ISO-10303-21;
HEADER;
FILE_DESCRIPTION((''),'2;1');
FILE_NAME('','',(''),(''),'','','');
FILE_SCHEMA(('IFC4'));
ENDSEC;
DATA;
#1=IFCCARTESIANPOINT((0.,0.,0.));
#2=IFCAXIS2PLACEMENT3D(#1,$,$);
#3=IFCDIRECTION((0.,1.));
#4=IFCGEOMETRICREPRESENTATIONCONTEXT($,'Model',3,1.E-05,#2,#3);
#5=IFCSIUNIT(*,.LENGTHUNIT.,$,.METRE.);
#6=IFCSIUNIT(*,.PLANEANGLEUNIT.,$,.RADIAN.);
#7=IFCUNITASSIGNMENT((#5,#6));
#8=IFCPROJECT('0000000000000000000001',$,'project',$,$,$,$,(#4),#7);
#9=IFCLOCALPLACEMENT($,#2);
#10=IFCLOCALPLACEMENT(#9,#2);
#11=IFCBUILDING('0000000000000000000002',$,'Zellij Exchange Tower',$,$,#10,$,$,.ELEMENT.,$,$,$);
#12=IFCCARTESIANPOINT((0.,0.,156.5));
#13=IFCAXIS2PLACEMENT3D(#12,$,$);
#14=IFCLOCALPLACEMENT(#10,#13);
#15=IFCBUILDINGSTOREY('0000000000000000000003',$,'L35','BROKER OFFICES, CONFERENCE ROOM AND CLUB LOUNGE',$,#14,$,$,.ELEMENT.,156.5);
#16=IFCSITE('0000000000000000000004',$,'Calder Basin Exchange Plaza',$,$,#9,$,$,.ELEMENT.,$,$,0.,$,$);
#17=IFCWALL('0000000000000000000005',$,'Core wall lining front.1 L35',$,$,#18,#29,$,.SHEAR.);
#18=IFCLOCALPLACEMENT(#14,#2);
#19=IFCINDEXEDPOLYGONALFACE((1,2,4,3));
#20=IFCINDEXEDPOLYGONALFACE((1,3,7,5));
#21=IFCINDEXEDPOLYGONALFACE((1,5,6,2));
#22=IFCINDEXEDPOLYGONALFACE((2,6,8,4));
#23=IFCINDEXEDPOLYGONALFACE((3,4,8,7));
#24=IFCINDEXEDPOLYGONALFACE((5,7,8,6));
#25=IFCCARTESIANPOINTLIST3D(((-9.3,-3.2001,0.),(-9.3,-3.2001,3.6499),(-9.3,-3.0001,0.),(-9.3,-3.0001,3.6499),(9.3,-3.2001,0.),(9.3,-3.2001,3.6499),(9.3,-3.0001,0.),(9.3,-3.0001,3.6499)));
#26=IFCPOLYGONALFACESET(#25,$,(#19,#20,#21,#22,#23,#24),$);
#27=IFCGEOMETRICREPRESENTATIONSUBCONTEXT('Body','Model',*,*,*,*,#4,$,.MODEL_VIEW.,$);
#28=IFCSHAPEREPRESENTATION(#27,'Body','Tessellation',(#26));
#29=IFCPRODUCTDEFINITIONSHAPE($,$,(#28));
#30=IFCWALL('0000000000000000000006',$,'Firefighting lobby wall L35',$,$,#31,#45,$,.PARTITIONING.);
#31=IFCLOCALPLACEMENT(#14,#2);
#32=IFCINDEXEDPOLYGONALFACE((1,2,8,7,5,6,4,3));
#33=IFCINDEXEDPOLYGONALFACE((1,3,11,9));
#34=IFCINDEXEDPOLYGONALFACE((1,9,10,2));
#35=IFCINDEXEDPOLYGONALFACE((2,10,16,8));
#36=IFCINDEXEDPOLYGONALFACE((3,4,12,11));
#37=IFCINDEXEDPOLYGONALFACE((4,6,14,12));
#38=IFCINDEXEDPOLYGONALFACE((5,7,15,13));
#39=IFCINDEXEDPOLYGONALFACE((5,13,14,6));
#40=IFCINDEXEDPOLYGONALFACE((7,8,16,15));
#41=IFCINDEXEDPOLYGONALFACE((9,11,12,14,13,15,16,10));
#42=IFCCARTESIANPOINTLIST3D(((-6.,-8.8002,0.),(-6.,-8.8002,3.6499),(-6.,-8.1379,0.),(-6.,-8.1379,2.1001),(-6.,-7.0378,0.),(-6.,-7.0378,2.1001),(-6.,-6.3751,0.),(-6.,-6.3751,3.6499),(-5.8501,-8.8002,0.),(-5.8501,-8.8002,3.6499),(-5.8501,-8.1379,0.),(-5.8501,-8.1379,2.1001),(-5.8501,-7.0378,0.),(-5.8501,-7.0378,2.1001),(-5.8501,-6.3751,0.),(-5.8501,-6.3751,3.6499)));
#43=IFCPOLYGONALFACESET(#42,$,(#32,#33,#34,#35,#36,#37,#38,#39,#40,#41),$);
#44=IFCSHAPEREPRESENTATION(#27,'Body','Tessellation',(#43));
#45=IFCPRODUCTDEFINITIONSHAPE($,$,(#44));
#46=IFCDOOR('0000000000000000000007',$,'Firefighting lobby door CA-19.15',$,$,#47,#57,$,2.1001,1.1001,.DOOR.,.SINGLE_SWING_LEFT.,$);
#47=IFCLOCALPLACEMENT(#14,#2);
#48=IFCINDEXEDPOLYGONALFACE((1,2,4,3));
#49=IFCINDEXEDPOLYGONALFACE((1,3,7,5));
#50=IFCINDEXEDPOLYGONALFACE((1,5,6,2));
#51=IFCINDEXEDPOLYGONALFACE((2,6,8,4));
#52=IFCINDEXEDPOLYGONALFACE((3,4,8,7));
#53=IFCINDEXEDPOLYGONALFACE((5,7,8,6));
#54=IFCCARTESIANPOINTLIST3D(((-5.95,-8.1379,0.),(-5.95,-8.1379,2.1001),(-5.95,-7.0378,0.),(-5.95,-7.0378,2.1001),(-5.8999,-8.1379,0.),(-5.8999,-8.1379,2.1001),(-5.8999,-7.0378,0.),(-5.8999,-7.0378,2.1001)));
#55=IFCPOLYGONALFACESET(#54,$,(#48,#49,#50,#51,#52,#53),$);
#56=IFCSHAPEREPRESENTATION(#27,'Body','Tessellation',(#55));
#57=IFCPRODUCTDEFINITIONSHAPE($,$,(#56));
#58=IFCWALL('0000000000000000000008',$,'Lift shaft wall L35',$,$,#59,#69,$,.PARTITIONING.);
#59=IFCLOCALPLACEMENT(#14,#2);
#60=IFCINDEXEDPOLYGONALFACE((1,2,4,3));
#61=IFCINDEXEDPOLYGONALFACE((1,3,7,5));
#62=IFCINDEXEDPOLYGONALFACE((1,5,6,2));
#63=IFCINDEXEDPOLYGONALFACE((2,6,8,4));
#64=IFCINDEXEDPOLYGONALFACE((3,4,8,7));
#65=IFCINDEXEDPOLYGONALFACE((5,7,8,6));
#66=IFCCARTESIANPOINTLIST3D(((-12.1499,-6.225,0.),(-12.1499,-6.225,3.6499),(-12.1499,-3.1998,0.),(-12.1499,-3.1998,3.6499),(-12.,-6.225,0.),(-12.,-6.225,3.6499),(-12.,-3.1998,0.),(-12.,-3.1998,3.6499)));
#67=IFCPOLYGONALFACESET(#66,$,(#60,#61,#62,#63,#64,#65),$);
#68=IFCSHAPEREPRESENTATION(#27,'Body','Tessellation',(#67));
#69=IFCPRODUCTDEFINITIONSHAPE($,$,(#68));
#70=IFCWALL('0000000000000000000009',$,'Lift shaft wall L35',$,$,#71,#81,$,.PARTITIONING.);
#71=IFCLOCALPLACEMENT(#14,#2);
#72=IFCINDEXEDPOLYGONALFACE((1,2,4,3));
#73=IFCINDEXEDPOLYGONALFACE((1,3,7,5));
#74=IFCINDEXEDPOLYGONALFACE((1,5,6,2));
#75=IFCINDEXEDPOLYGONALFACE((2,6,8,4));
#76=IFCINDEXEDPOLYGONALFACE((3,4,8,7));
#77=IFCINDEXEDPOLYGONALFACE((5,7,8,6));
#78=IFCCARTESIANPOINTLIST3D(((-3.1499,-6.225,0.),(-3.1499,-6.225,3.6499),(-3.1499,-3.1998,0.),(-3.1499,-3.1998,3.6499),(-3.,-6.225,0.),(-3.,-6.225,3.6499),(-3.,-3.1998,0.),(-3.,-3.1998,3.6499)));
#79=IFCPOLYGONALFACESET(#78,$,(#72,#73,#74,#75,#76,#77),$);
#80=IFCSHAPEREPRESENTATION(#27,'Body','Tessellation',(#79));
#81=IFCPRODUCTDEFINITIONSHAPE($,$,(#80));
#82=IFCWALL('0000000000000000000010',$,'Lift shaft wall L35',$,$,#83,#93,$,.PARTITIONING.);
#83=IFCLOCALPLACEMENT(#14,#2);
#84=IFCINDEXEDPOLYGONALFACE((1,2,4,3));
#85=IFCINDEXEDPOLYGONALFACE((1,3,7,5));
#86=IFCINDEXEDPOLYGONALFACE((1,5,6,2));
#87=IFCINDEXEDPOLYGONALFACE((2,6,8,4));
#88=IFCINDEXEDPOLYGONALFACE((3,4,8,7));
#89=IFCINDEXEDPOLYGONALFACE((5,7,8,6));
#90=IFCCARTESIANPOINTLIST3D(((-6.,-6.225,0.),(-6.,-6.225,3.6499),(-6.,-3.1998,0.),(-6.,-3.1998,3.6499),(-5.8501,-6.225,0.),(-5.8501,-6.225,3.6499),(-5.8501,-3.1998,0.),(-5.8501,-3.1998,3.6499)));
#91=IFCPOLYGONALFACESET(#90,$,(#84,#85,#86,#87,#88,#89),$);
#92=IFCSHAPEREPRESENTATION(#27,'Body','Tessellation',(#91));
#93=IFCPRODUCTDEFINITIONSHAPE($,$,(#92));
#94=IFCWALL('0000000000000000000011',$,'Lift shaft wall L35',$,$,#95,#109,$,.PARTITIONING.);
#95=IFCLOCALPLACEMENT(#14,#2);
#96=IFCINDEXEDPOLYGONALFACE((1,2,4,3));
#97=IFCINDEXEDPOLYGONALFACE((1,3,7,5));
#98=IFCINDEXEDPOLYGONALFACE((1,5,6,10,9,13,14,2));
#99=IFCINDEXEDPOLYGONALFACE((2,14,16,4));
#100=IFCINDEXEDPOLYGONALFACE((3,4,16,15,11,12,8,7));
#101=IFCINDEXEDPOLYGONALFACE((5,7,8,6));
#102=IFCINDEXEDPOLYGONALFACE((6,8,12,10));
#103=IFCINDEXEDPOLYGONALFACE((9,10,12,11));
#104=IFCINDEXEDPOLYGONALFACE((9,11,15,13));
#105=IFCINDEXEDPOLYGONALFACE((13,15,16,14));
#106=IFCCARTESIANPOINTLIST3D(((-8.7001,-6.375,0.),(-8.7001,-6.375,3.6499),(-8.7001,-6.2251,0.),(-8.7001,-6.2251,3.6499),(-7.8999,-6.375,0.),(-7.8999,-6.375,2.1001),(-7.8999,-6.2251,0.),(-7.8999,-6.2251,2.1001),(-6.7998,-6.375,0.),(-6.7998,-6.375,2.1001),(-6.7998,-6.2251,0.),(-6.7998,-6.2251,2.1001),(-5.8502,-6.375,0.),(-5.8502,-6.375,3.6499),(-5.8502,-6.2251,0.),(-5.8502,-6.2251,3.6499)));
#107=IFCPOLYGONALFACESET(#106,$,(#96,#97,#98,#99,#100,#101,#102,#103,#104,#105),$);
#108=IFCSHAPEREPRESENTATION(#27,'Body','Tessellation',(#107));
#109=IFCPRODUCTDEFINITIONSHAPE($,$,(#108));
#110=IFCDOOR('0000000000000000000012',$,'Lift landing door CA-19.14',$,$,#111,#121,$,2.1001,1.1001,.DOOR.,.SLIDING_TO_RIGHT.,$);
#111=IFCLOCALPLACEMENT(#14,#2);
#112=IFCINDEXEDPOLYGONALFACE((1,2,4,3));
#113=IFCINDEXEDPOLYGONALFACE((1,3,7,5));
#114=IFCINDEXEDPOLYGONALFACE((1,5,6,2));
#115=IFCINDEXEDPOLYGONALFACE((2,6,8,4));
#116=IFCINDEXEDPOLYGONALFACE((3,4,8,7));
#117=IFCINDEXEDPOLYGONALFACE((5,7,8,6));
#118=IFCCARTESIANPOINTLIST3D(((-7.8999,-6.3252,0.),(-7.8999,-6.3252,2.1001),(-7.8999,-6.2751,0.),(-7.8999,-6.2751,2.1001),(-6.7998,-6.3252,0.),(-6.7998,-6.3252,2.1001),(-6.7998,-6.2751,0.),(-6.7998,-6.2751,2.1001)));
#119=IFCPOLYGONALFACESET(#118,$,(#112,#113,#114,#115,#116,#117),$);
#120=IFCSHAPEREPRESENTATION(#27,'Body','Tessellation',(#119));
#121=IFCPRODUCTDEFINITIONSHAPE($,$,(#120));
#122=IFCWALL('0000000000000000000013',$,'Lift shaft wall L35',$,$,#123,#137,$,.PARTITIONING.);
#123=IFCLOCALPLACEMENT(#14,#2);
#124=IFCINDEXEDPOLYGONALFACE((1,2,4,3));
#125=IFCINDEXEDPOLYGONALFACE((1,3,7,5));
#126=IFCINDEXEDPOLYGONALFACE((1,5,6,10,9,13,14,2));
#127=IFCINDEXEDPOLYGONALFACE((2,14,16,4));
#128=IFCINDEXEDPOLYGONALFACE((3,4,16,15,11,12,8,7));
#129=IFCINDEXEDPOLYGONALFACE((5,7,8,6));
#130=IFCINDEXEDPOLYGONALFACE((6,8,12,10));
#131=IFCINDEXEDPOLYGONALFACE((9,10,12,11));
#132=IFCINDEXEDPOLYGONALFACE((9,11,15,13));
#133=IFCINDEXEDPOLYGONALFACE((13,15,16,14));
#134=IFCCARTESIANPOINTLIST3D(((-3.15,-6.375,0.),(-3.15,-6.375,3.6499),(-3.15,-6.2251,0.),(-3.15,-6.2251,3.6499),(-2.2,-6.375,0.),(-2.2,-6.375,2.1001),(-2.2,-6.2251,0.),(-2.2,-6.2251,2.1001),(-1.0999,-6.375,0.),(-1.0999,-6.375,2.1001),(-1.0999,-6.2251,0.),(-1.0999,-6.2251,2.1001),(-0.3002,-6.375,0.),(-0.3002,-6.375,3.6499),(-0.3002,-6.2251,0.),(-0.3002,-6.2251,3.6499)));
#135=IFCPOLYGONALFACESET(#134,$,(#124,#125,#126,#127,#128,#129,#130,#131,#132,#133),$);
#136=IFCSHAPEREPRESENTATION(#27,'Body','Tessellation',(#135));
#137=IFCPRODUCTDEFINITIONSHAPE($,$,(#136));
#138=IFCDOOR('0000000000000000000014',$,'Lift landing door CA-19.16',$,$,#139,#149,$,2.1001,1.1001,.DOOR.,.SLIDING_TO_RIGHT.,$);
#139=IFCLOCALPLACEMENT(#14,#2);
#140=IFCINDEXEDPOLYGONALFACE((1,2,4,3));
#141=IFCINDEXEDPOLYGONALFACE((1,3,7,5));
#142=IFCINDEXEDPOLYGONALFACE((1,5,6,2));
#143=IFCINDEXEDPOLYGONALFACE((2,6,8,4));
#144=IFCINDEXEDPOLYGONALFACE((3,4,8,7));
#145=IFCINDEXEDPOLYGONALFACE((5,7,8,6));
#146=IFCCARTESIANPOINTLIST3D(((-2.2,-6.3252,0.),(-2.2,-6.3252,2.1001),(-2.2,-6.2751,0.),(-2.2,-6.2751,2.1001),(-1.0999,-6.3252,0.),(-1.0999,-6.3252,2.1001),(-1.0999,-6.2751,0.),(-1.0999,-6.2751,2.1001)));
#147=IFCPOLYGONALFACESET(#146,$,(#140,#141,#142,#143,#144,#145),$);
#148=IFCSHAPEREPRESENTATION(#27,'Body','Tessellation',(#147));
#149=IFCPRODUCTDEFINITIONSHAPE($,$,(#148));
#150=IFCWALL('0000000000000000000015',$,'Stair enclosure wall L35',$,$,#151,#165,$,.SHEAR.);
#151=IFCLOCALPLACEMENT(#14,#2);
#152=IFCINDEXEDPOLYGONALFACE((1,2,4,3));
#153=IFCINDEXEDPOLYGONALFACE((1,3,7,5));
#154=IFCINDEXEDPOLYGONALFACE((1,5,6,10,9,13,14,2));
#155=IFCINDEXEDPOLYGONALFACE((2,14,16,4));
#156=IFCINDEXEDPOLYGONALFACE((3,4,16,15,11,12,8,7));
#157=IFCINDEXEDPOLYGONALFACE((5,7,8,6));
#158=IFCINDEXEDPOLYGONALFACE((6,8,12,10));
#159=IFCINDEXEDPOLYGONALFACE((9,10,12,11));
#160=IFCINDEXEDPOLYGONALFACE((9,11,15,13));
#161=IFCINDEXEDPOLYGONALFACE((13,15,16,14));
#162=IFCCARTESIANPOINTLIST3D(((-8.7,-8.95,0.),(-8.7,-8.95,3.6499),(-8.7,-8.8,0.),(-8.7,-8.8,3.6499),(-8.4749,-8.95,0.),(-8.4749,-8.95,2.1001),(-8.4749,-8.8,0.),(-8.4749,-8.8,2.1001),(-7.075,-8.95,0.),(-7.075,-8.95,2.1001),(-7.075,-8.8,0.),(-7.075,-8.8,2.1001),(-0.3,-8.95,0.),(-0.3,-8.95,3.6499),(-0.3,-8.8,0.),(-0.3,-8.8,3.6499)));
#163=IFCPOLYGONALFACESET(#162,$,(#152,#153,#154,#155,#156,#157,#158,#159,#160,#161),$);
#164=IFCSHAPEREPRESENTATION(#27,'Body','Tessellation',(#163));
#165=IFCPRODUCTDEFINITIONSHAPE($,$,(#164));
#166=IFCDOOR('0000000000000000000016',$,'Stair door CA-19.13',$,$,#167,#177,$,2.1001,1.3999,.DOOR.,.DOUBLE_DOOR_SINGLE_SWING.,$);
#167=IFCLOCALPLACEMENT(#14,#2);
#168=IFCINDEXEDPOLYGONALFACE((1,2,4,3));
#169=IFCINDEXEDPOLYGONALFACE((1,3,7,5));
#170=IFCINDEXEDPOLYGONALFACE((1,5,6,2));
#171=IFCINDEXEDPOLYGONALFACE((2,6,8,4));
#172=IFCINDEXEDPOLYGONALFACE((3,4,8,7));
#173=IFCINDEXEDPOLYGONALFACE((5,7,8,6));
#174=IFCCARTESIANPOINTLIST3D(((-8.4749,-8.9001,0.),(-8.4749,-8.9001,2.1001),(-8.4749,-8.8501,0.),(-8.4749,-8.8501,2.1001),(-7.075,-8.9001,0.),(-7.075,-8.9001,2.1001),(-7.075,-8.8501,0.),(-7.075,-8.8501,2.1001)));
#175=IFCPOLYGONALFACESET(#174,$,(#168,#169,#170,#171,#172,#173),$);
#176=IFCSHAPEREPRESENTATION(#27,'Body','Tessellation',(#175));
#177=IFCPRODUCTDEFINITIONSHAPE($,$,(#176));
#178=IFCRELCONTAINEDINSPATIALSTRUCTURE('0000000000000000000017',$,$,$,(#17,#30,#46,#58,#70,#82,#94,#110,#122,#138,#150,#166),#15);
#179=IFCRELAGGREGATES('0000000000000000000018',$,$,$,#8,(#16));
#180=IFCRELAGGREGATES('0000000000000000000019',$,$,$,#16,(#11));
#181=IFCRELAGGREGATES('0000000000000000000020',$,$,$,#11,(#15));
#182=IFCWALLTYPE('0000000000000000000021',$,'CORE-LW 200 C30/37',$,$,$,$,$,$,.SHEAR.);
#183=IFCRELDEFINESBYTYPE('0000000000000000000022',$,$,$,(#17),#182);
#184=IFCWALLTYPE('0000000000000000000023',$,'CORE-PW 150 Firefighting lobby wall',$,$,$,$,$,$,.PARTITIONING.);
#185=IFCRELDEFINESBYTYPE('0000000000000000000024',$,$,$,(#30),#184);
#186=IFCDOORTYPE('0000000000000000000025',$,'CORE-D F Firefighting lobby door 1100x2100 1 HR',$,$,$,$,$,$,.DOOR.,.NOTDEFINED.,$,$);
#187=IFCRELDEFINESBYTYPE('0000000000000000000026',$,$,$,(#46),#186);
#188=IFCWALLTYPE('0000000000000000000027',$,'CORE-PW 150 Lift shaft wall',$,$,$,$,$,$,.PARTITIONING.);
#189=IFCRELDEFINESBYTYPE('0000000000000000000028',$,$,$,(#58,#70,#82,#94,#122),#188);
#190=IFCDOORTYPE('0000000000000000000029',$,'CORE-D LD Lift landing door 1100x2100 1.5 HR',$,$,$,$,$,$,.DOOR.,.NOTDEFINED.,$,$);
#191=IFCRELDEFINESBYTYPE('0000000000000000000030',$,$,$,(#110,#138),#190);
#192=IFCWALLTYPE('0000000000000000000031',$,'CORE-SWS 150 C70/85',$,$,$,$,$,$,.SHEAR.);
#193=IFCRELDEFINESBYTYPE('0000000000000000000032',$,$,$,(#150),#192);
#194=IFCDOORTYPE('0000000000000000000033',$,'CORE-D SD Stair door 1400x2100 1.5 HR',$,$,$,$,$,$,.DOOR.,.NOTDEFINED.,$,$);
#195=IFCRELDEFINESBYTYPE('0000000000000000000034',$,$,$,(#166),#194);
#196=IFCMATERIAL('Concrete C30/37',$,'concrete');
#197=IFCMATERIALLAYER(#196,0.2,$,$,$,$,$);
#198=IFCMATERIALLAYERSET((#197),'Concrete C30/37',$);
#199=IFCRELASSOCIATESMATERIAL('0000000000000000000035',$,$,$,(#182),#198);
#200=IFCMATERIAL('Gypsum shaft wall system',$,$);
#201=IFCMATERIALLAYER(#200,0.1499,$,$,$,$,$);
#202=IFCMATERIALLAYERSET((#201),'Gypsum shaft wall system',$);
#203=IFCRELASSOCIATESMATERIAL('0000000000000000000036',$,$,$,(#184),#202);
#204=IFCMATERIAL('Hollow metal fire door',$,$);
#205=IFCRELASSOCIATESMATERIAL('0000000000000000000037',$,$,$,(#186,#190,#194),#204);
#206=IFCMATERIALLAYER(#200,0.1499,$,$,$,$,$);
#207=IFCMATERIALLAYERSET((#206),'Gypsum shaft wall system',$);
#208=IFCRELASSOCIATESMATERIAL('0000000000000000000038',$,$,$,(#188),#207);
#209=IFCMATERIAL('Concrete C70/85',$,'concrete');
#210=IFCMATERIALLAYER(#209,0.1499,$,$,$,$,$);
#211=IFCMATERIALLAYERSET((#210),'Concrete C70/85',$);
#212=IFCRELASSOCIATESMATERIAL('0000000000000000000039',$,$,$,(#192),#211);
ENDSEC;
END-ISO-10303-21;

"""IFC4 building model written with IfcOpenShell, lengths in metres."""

from ifc_helpers import new_model, si_unit, direction, frame, frame_2d, origin, place, context, subcontext, project, spatial, rectangle, extrude, material, layer, layer_set, type_object, element, fill, save


model = new_model("IFC4")

# Units and contexts
model_context = context("Model", 3, precision=1e-05, world=origin(), true_north=direction((0.0, 1.0)))
body_context = subcontext(model_context, "Body", "Model", "MODEL_VIEW")
ifc_project = project(units=[si_unit("LENGTHUNIT", "METRE"), si_unit("PLANEANGLEUNIT", "RADIAN")], contexts=[model_context])

# Site, building, storey
site_placement = place(None, origin())
site = spatial("IfcSite", under=ifc_project, at=site_placement, Name="Calder Basin Exchange Plaza", CompositionType="ELEMENT", RefElevation=0.0)
building_placement = place(site_placement, origin())
building = spatial("IfcBuilding", under=site, at=building_placement, Name="Zellij Exchange Tower", CompositionType="ELEMENT")
storey_placement = place(building_placement, frame((0.0, 0.0, 156.5)))
storey = spatial("IfcBuildingStorey", under=building, at=storey_placement, Name="L35", Description="BROKER OFFICES, CONFERENCE ROOM AND CLUB LOUNGE", CompositionType="ELEMENT", Elevation=156.5)

# Shared definitions
ifc_material_1 = material(Name="Concrete C70/85", Category="concrete")

# Wall
ifc_material_2 = material(Name="Concrete C30/37", Category="concrete")
ifc_layer_1 = layer(ifc_material_2, 0.2)
ifc_layer_set_1 = layer_set([ifc_layer_1], Name="Concrete C30/37")
wall_type_1 = type_object("IfcWallType", Name="CORE-LW 200 C30/37", PredefinedType="SHEAR", material=ifc_layer_set_1)
wall_1_placement = place(storey_placement, frame((-9.3, -3.1001, 0.0), z_axis=(0.0, 0.0, 1.0), x_axis=(1.0, 0.0, 0.0)))
element("IfcWall", 1, at=wall_1_placement, inside=storey, type_object=wall_type_1, Name="Core wall lining front.1 L35", PredefinedType="SHEAR", context=body_context, shape_type="SweptSolid", body=[
    extrude(rectangle(XDim=18.6001, YDim=0.2, at=frame_2d((9.3, 0.0))), origin(), (0.0, 0.0, 1.0), 3.6499),
])

# Wall, opening, door
ifc_material_3 = material(Name="Gypsum shaft wall system")
ifc_layer_2 = layer(ifc_material_3, 0.1499)
ifc_layer_set_2 = layer_set([ifc_layer_2], Name="Gypsum shaft wall system")
wall_type_2 = type_object("IfcWallType", Name="CORE-PW 150 Firefighting lobby wall", PredefinedType="PARTITIONING", material=ifc_layer_set_2)
wall_2_placement = place(storey_placement, frame((-5.925, -8.8, 0.0), z_axis=(0.0, 0.0, 1.0), x_axis=(0.0, 1.0, 0.0)))
wall_2 = element("IfcWall", 2, at=wall_2_placement, inside=storey, type_object=wall_type_2, Name="Firefighting lobby wall L35", PredefinedType="PARTITIONING", context=body_context, shape_type="SweptSolid", body=[
    extrude(rectangle(XDim=2.425, YDim=0.1499, at=frame_2d((1.2124, 0.0))), origin(), (0.0, 0.0, 1.0), 3.6499),
])
opening_1_placement = place(wall_2_placement, frame((0.6621, 0.0, 0.0)))
opening_1 = element("IfcOpeningElement", 3, at=opening_1_placement, cuts=wall_2, PredefinedType="OPENING", context=body_context, shape_type="SweptSolid", body=[
    extrude(rectangle(XDim=1.1001, YDim=2.1001, at=frame_2d((0.55, 1.05))), frame((0.0, 0.0869, 0.0), z_axis=(0.0, -1.0, 0.0), x_axis=(1.0, 0.0, 0.0)), (0.0, 0.0, 1.0), 0.1738),
])
ifc_material_4 = material(Name="Hollow metal fire door")
door_type_1 = type_object("IfcDoorType", Name="CORE-D F Firefighting lobby door 1100x2100 1 HR", OperationType="NOTDEFINED", PredefinedType="DOOR", material=ifc_material_4)
door_1_placement = place(opening_1_placement, origin())
door_1 = element("IfcDoor", 4, at=door_1_placement, inside=storey, type_object=door_type_1, Name="Firefighting lobby door CA-19.15", OperationType="SINGLE_SWING_LEFT", OverallHeight=2.1001, OverallWidth=1.1001, PredefinedType="DOOR", context=body_context, shape_type="SweptSolid", body=[
    extrude(rectangle(XDim=1.1001, YDim=2.1001, at=frame_2d((0.55, 1.05))), frame((0.0, 0.0249, 0.0), z_axis=(0.0, -1.0, 0.0), x_axis=(1.0, 0.0, 0.0)), (0.0, 0.0, 1.0), 0.05),
])
fill(opening_1, door_1)

# Walls
ifc_layer_3 = layer(ifc_material_3, 0.1499)
ifc_layer_set_3 = layer_set([ifc_layer_3], Name="Gypsum shaft wall system")
wall_type_3 = type_object("IfcWallType", Name="CORE-PW 150 Lift shaft wall", PredefinedType="PARTITIONING", material=ifc_layer_set_3)
for number, where, z_axis, x_axis, name in (
    (5, (-12.075, -6.2251, 0.0), (0.0, 0.0, 1.0), (0.0, 1.0, 0.0), "Lift shaft wall L35"),
    (6, (-3.075, -6.2251, 0.0), (0.0, 0.0, 1.0), (0.0, 1.0, 0.0), "Lift shaft wall L35"),
    (7, (-5.925, -6.2251, 0.0), (0.0, 0.0, 1.0), (0.0, 1.0, 0.0), "Lift shaft wall L35"),
):
    element("IfcWall", number, at=place(storey_placement, frame(where, z_axis=z_axis, x_axis=x_axis)), inside=storey, type_object=wall_type_3, Name=name, PredefinedType="PARTITIONING", context=body_context, shape_type="SweptSolid", body=[
        extrude(rectangle(XDim=3.0251, YDim=0.1499, at=frame_2d((1.5127, 0.0))), origin(), (0.0, 0.0, 1.0), 3.6499),
    ])

# Walls, openings, doors
wall_3_placement = place(storey_placement, frame((-8.7, -6.3, 0.0), z_axis=(0.0, 0.0, 1.0), x_axis=(1.0, 0.0, 0.0)))
wall_3 = element("IfcWall", 8, at=wall_3_placement, inside=storey, type_object=wall_type_3, Name="Lift shaft wall L35", PredefinedType="PARTITIONING", context=body_context, shape_type="SweptSolid", body=[
    extrude(rectangle(XDim=2.8499, YDim=0.1499, at=frame_2d((1.4248, 0.0))), origin(), (0.0, 0.0, 1.0), 3.6499),
])
opening_2_placement = place(wall_3_placement, frame((0.8, 0.0, 0.0)))
opening_2 = element("IfcOpeningElement", 9, at=opening_2_placement, cuts=wall_3, PredefinedType="OPENING", context=body_context, shape_type="SweptSolid", body=[
    extrude(rectangle(XDim=1.1001, YDim=2.1001, at=frame_2d((0.55, 1.05))), frame((0.0, 0.0869, 0.0), z_axis=(0.0, -1.0, 0.0), x_axis=(1.0, 0.0, 0.0)), (0.0, 0.0, 1.0), 0.1738),
])
door_type_2 = type_object("IfcDoorType", Name="CORE-D LD Lift landing door 1100x2100 1.5 HR", OperationType="NOTDEFINED", PredefinedType="DOOR", material=ifc_material_4)
door_2_placement = place(opening_2_placement, origin())
door_2 = element("IfcDoor", 10, at=door_2_placement, inside=storey, type_object=door_type_2, Name="Lift landing door CA-19.14", OperationType="SLIDING_TO_RIGHT", OverallHeight=2.1001, OverallWidth=1.1001, PredefinedType="DOOR", context=body_context, shape_type="SweptSolid", body=[
    extrude(rectangle(XDim=1.1001, YDim=2.1001, at=frame_2d((0.55, 1.05))), frame((0.0, 0.0249, 0.0), z_axis=(0.0, -1.0, 0.0), x_axis=(1.0, 0.0, 0.0)), (0.0, 0.0, 1.0), 0.05),
])
fill(opening_2, door_2)
wall_4_placement = place(storey_placement, frame((-3.1499, -6.3, 0.0), z_axis=(0.0, 0.0, 1.0), x_axis=(1.0, 0.0, 0.0)))
wall_4 = element("IfcWall", 11, at=wall_4_placement, inside=storey, type_object=wall_type_3, Name="Lift shaft wall L35", PredefinedType="PARTITIONING", context=body_context, shape_type="SweptSolid", body=[
    extrude(rectangle(XDim=2.8499, YDim=0.1499, at=frame_2d((1.4248, 0.0))), origin(), (0.0, 0.0, 1.0), 3.6499),
])
opening_3_placement = place(wall_4_placement, frame((0.95, 0.0, 0.0)))
opening_3 = element("IfcOpeningElement", 12, at=opening_3_placement, cuts=wall_4, PredefinedType="OPENING", context=body_context, shape_type="SweptSolid", body=[
    extrude(rectangle(XDim=1.1001, YDim=2.1001, at=frame_2d((0.55, 1.05))), frame((0.0, 0.0869, 0.0), z_axis=(0.0, -1.0, 0.0), x_axis=(1.0, 0.0, 0.0)), (0.0, 0.0, 1.0), 0.1738),
])
door_3_placement = place(opening_3_placement, origin())
door_3 = element("IfcDoor", 13, at=door_3_placement, inside=storey, type_object=door_type_2, Name="Lift landing door CA-19.16", OperationType="SLIDING_TO_RIGHT", OverallHeight=2.1001, OverallWidth=1.1001, PredefinedType="DOOR", context=body_context, shape_type="SweptSolid", body=[
    extrude(rectangle(XDim=1.1001, YDim=2.1001, at=frame_2d((0.55, 1.05))), frame((0.0, 0.0249, 0.0), z_axis=(0.0, -1.0, 0.0), x_axis=(1.0, 0.0, 0.0)), (0.0, 0.0, 1.0), 0.05),
])
fill(opening_3, door_3)
ifc_layer_4 = layer(ifc_material_1, 0.1499)
ifc_layer_set_4 = layer_set([ifc_layer_4], Name="Concrete C70/85")
wall_type_4 = type_object("IfcWallType", Name="CORE-SWS 150 C70/85", PredefinedType="SHEAR", material=ifc_layer_set_4)
wall_5_placement = place(storey_placement, frame((-8.7, -8.875, 0.0), z_axis=(0.0, 0.0, 1.0), x_axis=(1.0, 0.0, 0.0)))
wall_5 = element("IfcWall", 14, at=wall_5_placement, inside=storey, type_object=wall_type_4, Name="Stair enclosure wall L35", PredefinedType="SHEAR", context=body_context, shape_type="SweptSolid", body=[
    extrude(rectangle(XDim=8.3999, YDim=0.1499, at=frame_2d((4.2, 0.0))), origin(), (0.0, 0.0, 1.0), 3.6499),
])
opening_4_placement = place(wall_5_placement, frame((0.2251, 0.0, 0.0)))
opening_4 = element("IfcOpeningElement", 15, at=opening_4_placement, cuts=wall_5, PredefinedType="OPENING", context=body_context, shape_type="SweptSolid", body=[
    extrude(rectangle(XDim=1.3999, YDim=2.1001, at=frame_2d((0.7, 1.05))), frame((0.0, 0.0869, 0.0), z_axis=(0.0, -1.0, 0.0), x_axis=(1.0, 0.0, 0.0)), (0.0, 0.0, 1.0), 0.1738),
])
door_type_3 = type_object("IfcDoorType", Name="CORE-D SD Stair door 1400x2100 1.5 HR", OperationType="NOTDEFINED", PredefinedType="DOOR", material=ifc_material_4)
door_4_placement = place(opening_4_placement, origin())
door_4 = element("IfcDoor", 16, at=door_4_placement, inside=storey, type_object=door_type_3, Name="Stair door CA-19.13", OperationType="DOUBLE_DOOR_SINGLE_SWING", OverallHeight=2.1001, OverallWidth=1.3999, PredefinedType="DOOR", context=body_context, shape_type="SweptSolid", body=[
    extrude(rectangle(XDim=1.3999, YDim=2.1001, at=frame_2d((0.7, 1.05))), frame((0.0, 0.0249, 0.0), z_axis=(0.0, -1.0, 0.0), x_axis=(1.0, 0.0, 0.0)), (0.0, 0.0, 1.0), 0.05),
])
fill(opening_4, door_4)

save(model, "model.ifc")
